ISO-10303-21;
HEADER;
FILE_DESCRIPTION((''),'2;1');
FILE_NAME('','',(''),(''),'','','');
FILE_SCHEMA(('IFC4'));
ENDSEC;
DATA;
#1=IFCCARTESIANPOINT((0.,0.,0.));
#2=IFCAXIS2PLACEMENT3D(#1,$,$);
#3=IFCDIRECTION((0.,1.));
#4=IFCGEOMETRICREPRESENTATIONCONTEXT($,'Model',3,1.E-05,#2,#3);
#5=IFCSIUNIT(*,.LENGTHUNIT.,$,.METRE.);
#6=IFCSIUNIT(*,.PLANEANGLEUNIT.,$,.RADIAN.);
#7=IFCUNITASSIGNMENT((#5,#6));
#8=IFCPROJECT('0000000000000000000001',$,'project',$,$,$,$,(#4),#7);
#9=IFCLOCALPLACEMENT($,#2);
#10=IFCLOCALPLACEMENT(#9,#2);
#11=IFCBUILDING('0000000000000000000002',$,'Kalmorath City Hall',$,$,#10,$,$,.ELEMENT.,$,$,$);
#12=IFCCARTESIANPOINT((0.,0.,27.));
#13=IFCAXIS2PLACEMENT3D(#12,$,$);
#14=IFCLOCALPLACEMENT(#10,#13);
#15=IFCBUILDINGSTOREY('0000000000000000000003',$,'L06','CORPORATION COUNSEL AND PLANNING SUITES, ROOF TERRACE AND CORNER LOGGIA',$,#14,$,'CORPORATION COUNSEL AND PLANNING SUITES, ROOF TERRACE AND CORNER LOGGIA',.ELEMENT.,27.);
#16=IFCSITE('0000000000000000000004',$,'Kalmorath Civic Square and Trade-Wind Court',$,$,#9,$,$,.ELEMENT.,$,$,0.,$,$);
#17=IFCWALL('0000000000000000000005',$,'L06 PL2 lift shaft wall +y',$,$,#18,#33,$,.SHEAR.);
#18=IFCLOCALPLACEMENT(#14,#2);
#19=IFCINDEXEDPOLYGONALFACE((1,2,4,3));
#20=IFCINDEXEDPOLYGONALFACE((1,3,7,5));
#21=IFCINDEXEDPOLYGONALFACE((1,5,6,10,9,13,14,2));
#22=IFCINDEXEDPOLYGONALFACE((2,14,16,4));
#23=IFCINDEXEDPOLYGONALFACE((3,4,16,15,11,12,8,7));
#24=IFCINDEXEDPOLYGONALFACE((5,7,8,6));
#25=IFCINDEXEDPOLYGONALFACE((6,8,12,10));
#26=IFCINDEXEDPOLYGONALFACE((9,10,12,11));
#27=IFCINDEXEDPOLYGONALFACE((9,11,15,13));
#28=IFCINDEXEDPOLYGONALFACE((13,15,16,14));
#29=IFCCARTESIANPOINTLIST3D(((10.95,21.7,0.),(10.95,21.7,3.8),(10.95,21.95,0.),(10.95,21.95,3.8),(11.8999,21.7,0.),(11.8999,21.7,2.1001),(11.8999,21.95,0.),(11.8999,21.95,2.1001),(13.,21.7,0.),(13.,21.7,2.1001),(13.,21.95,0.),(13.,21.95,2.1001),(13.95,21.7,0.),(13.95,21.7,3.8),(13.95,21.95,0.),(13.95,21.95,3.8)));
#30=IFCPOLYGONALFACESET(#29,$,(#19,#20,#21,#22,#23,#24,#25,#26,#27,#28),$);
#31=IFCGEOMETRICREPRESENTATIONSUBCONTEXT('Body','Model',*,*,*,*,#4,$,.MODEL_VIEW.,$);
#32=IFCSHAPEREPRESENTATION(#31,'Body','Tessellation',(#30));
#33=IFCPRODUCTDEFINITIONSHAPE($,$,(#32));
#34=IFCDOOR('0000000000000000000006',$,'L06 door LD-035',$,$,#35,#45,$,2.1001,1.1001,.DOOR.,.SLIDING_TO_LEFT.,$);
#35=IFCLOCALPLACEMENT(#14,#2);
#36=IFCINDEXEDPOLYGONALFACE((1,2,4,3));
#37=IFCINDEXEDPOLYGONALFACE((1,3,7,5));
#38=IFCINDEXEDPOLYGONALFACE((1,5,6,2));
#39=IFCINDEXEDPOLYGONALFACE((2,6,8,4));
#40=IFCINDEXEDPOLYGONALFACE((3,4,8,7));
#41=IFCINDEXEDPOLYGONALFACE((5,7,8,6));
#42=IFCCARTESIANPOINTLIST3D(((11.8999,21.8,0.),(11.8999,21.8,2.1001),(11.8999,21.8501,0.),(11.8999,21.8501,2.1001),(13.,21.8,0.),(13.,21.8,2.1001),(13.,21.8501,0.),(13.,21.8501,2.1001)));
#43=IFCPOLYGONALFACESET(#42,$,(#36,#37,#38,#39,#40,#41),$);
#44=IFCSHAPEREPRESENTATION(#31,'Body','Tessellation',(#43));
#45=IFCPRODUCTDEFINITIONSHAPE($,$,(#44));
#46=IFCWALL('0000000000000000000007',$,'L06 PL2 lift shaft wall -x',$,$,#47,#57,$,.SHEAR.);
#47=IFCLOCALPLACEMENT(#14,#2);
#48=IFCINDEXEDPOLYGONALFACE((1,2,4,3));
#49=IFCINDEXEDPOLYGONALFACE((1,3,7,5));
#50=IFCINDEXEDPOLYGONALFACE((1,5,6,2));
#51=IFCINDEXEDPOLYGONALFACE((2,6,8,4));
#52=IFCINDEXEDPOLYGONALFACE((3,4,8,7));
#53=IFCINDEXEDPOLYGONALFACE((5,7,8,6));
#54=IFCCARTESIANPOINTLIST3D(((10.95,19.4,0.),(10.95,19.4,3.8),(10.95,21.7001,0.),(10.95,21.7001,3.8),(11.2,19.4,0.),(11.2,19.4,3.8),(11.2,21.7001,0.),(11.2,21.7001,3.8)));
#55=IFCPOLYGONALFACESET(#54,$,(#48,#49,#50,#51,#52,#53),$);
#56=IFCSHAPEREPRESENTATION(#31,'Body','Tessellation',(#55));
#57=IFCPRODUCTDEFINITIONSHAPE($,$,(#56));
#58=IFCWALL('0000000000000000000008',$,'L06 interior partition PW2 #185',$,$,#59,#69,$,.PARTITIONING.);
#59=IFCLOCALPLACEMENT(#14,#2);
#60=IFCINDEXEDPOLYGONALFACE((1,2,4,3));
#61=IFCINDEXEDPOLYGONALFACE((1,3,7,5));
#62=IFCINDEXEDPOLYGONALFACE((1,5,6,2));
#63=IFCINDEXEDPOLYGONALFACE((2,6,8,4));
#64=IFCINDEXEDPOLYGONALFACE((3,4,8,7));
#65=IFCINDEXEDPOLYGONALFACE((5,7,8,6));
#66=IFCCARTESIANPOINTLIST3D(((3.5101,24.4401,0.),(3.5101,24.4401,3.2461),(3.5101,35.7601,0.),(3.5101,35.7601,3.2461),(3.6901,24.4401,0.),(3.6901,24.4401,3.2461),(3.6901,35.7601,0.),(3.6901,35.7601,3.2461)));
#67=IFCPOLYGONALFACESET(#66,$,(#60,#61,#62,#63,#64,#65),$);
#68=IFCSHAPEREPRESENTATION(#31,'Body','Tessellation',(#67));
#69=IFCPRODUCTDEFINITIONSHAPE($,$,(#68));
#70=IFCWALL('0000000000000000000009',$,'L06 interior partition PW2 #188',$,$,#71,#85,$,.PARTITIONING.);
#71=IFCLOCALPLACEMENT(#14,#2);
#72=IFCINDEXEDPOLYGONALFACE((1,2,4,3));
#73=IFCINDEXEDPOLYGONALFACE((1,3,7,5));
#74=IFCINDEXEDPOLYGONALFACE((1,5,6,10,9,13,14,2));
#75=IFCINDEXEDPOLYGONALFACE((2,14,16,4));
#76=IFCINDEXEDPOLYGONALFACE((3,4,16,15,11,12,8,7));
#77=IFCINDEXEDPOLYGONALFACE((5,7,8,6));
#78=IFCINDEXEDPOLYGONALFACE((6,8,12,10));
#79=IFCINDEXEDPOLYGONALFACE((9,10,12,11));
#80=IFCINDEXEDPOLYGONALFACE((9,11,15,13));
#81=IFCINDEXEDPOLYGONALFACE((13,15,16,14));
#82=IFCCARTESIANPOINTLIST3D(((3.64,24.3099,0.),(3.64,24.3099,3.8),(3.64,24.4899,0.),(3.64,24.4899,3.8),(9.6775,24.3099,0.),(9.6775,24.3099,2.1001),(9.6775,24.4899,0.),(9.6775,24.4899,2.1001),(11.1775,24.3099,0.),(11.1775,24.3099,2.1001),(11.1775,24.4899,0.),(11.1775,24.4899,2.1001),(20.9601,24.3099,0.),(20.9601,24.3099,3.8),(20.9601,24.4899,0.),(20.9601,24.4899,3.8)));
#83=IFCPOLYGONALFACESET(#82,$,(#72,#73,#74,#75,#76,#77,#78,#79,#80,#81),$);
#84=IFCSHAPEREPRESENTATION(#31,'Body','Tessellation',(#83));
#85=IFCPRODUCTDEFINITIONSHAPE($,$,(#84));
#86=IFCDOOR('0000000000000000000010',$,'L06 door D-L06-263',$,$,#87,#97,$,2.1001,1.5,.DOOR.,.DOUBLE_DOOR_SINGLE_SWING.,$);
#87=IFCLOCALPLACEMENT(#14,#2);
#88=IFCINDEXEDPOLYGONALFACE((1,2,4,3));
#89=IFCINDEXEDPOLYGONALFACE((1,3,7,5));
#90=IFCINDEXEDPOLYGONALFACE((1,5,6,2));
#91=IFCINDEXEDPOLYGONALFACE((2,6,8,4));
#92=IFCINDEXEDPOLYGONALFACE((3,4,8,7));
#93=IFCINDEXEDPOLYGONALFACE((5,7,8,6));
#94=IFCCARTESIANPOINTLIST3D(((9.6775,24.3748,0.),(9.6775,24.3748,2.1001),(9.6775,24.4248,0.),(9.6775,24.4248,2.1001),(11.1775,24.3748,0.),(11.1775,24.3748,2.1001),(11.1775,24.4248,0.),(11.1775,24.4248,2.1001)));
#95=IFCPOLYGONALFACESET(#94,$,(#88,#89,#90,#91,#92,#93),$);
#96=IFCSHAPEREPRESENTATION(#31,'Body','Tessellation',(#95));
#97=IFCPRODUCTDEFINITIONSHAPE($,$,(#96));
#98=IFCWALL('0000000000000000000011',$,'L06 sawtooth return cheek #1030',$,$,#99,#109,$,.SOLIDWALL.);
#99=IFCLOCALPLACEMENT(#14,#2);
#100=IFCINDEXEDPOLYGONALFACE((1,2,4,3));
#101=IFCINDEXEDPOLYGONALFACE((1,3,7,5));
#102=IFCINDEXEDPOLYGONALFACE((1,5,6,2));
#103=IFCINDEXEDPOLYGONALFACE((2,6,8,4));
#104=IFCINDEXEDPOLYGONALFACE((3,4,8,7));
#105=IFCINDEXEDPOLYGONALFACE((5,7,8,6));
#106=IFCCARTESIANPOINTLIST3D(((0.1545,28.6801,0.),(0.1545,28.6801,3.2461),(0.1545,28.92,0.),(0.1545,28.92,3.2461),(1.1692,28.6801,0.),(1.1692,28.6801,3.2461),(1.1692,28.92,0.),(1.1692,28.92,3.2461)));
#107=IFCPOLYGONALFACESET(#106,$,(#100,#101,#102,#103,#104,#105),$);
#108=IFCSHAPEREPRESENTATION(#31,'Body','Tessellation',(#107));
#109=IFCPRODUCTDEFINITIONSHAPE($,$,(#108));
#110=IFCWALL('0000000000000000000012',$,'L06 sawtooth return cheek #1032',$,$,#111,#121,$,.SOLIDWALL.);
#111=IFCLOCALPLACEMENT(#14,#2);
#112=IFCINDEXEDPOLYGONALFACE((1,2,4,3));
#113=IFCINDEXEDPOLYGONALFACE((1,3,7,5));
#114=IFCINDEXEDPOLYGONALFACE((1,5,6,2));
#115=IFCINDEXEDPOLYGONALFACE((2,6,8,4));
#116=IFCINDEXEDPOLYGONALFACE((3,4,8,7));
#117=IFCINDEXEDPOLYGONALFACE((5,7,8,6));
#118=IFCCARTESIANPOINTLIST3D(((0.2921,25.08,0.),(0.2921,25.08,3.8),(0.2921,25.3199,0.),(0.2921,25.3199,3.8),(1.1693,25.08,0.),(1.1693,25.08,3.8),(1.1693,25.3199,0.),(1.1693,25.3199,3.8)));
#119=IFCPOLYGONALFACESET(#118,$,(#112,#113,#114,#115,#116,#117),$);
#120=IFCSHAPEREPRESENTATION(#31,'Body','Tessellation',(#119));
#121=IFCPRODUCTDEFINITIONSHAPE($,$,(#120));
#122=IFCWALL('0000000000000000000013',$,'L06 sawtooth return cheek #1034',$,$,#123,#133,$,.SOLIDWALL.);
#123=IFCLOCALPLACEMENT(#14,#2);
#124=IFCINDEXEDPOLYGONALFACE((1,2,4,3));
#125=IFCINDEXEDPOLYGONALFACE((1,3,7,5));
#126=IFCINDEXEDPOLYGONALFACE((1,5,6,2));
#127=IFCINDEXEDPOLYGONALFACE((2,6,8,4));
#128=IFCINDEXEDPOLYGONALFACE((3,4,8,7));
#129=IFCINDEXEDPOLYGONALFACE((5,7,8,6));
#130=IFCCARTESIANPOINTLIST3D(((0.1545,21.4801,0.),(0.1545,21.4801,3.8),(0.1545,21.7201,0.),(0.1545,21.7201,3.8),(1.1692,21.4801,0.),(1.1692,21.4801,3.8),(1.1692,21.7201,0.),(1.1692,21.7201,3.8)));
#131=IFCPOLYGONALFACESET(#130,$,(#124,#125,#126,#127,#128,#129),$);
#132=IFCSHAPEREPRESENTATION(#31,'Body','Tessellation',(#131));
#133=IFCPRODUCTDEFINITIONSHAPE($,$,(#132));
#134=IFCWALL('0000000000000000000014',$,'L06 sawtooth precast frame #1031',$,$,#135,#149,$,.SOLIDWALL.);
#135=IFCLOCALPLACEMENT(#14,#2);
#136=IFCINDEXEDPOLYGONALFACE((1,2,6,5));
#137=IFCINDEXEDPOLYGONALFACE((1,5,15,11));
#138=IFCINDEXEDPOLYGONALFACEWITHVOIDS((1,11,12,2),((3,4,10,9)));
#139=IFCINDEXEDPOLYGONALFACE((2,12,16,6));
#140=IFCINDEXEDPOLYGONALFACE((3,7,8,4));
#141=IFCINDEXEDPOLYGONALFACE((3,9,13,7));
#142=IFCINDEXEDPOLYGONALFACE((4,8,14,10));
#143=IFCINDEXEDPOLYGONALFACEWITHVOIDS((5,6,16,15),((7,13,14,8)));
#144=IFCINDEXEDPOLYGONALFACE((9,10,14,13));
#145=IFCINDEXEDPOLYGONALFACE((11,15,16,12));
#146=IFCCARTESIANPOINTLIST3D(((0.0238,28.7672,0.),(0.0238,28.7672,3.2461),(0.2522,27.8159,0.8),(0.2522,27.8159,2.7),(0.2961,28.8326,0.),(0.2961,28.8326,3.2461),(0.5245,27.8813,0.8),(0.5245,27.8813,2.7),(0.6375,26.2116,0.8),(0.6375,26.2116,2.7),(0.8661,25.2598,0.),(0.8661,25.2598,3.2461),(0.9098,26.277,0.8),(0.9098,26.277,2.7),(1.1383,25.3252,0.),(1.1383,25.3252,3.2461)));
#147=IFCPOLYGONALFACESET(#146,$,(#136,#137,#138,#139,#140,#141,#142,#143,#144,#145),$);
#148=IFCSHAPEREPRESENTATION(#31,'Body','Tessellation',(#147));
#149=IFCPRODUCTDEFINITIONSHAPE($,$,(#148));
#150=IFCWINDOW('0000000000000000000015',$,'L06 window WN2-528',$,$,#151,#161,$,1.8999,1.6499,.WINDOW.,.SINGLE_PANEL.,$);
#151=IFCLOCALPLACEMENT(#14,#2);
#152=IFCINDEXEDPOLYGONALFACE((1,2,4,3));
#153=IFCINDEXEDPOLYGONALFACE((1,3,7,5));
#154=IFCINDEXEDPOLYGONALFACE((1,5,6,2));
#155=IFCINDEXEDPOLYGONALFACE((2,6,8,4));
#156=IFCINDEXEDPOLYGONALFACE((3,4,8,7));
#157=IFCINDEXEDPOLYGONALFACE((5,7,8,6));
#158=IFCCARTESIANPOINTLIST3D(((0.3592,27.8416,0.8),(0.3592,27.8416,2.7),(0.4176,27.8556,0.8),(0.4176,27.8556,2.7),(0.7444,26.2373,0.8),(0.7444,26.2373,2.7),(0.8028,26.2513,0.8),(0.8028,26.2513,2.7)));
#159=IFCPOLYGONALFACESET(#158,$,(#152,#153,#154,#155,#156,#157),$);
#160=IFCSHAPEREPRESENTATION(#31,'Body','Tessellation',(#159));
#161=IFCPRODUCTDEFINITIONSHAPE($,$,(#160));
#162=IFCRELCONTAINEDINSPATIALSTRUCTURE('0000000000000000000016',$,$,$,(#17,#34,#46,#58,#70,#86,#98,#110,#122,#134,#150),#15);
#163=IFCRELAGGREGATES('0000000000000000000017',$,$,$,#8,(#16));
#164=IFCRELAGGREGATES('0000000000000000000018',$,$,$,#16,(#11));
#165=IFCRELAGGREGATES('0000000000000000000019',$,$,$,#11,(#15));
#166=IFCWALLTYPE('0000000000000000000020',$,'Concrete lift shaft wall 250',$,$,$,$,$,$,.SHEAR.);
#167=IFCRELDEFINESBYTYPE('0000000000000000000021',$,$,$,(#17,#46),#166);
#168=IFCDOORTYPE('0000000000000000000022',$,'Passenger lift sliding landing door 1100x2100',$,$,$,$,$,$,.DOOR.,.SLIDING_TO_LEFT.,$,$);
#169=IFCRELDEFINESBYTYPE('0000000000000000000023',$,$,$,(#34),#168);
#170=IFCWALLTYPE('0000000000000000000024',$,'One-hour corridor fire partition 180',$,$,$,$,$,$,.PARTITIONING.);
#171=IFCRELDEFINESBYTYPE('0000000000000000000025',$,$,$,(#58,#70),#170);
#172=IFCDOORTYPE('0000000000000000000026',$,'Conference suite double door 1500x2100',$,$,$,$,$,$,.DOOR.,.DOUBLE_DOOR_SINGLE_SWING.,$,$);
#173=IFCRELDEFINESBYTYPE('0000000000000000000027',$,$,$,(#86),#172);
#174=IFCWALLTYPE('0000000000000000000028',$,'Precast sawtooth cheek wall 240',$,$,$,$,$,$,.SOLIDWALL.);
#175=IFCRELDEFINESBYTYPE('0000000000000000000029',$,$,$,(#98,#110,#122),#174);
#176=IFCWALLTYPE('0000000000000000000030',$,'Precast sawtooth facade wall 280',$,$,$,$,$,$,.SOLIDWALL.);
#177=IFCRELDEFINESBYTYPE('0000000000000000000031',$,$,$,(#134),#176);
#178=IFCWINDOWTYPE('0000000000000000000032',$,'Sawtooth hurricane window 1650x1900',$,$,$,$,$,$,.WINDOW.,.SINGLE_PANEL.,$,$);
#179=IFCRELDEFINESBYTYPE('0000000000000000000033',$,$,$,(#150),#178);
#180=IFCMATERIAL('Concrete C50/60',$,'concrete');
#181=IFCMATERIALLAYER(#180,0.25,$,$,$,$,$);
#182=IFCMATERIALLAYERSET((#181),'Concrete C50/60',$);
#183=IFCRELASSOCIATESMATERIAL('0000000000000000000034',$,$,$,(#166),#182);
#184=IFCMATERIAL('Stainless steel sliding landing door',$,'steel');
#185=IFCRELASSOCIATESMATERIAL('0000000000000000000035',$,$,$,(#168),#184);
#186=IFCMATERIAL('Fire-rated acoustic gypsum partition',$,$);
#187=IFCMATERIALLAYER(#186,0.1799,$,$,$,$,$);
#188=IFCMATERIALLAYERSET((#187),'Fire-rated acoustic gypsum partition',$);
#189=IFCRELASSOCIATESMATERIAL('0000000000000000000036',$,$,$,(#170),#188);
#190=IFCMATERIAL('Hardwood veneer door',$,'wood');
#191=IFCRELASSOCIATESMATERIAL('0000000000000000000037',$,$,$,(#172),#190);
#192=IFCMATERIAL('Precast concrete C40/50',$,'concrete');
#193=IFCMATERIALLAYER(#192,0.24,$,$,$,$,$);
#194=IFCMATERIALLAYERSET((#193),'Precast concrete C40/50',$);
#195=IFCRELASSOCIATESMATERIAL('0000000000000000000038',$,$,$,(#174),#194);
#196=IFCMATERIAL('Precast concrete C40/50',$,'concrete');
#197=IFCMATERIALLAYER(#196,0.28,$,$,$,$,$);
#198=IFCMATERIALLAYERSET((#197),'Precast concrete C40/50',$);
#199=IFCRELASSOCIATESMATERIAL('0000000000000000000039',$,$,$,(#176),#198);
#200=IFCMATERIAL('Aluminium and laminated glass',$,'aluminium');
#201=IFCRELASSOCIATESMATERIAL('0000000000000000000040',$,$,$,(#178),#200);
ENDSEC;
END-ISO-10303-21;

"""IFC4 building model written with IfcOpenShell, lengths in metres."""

from ifc_helpers import new_model, si_unit, direction, frame, frame_2d, origin, place, context, subcontext, project, spatial, rectangle, extrude, material, layer, layer_set, type_object, element, fill, save


model = new_model("IFC4")

# Units and contexts
model_context = context("Model", 3, precision=1e-05, world=origin(), true_north=direction((0.0, 1.0)))
body_context = subcontext(model_context, "Body", "Model", "MODEL_VIEW")
ifc_project = project(units=[si_unit("LENGTHUNIT", "METRE"), si_unit("PLANEANGLEUNIT", "RADIAN")], contexts=[model_context])

# Site, building, storey
site_placement = place(None, origin())
site = spatial("IfcSite", under=ifc_project, at=site_placement, Name="Kalmorath Civic Square and Trade-Wind Court", CompositionType="ELEMENT", RefElevation=0.0)
building_placement = place(site_placement, origin())
building = spatial("IfcBuilding", under=site, at=building_placement, Name="Kalmorath City Hall", CompositionType="ELEMENT")
storey_placement = place(building_placement, frame((0.0, 0.0, 27.0)))
storey = spatial("IfcBuildingStorey", under=building, at=storey_placement, Name="L06", Description="CORPORATION COUNSEL AND PLANNING SUITES, ROOF TERRACE AND CORNER LOGGIA", LongName="CORPORATION COUNSEL AND PLANNING SUITES, ROOF TERRACE AND CORNER LOGGIA", CompositionType="ELEMENT", Elevation=27.0)

# Shared definitions
ifc_material_1 = material(Name="Concrete C50/60", Category="concrete")
ifc_layer_1 = layer(ifc_material_1, 0.25)
ifc_layer_set_1 = layer_set([ifc_layer_1], Name="Concrete C50/60")
wall_type_1 = type_object("IfcWallType", Name="Concrete lift shaft wall 250", PredefinedType="SHEAR", material=ifc_layer_set_1)

# Shared definitions
ifc_material_2 = material(Name="Stainless steel sliding landing door", Category="steel")
door_type_1 = type_object("IfcDoorType", Name="Passenger lift sliding landing door 1100x2100", OperationType="SLIDING_TO_LEFT", PredefinedType="DOOR", material=ifc_material_2)

# Wall, opening, door
wall_1_placement = place(storey_placement, frame((13.95, 21.825, 0.0), z_axis=(0.0, 0.0, 1.0), x_axis=(-1.0, 0.0, 0.0)))
wall_1 = element("IfcWall", 1, at=wall_1_placement, inside=storey, type_object=wall_type_1, Name="L06 PL2 lift shaft wall +y", PredefinedType="SHEAR", context=body_context, shape_type="SweptSolid", body=[
    extrude(rectangle(XDim=3.0, YDim=0.25, at=frame_2d((1.5, 0.0))), origin(), (0.0, 0.0, 1.0), 3.8),
])
opening_1_placement = place(wall_1_placement, frame((0.95, 0.0, 0.0)))
opening_1 = element("IfcOpeningElement", 2, at=opening_1_placement, cuts=wall_1, PredefinedType="OPENING", context=body_context, shape_type="SweptSolid", body=[
    extrude(rectangle(XDim=1.1001, YDim=2.1001, at=frame_2d((0.55, 1.05))), frame((0.0, 0.135, 0.0), z_axis=(0.0, -1.0, 0.0), x_axis=(1.0, 0.0, 0.0)), (0.0, 0.0, 1.0), 0.27),
])
door_1_placement = place(opening_1_placement, origin())
door_1 = element("IfcDoor", 3, at=door_1_placement, inside=storey, type_object=door_type_1, Name="L06 door LD-035", OperationType="SLIDING_TO_LEFT", OverallHeight=2.1001, OverallWidth=1.1001, PredefinedType="DOOR", context=body_context, shape_type="SweptSolid", body=[
    extrude(rectangle(XDim=1.1001, YDim=2.1001, at=frame_2d((0.55, 1.05))), frame((0.0, 0.0249, 0.0), z_axis=(0.0, -1.0, 0.0), x_axis=(1.0, 0.0, 0.0)), (0.0, 0.0, 1.0), 0.05),
])
fill(opening_1, door_1)

# Walls
wall_2_placement = place(storey_placement, frame((11.075, 21.7, 0.0), z_axis=(0.0, 0.0, 1.0), x_axis=(0.0, -1.0, 0.0)))
element("IfcWall", 4, at=wall_2_placement, inside=storey, type_object=wall_type_1, Name="L06 PL2 lift shaft wall -x", PredefinedType="SHEAR", context=body_context, shape_type="SweptSolid", body=[
    extrude(rectangle(XDim=2.3, YDim=0.25, at=frame_2d((1.1499, 0.0))), origin(), (0.0, 0.0, 1.0), 3.8),
])
ifc_material_3 = material(Name="Fire-rated acoustic gypsum partition")
ifc_layer_2 = layer(ifc_material_3, 0.1799)
ifc_layer_set_2 = layer_set([ifc_layer_2], Name="Fire-rated acoustic gypsum partition")
wall_type_2 = type_object("IfcWallType", Name="One-hour corridor fire partition 180", PredefinedType="PARTITIONING", material=ifc_layer_set_2)
wall_3_placement = place(storey_placement, frame((3.6001, 24.4399, 0.0), z_axis=(0.0, 0.0, 1.0), x_axis=(0.0, 1.0, 0.0)))
element("IfcWall", 5, at=wall_3_placement, inside=storey, type_object=wall_type_2, Name="L06 interior partition PW2 #185", PredefinedType="PARTITIONING", context=body_context, shape_type="SweptSolid", body=[
    extrude(rectangle(XDim=11.3201, YDim=0.1799, at=frame_2d((5.6602, 0.0))), origin(), (0.0, 0.0, 1.0), 3.2461),
])

# Wall, opening, door
wall_4_placement = place(storey_placement, frame((3.6399, 24.3999, 0.0), z_axis=(0.0, 0.0, 1.0), x_axis=(1.0, 0.0, 0.0)))
wall_4 = element("IfcWall", 6, at=wall_4_placement, inside=storey, type_object=wall_type_2, Name="L06 interior partition PW2 #188", PredefinedType="PARTITIONING", context=body_context, shape_type="SweptSolid", body=[
    extrude(rectangle(XDim=17.3201, YDim=0.1799, at=frame_2d((8.6602, 0.0))), origin(), (0.0, 0.0, 1.0), 3.8),
])
opening_2_placement = place(wall_4_placement, frame((6.0376, 0.0, 0.0)))
opening_2 = element("IfcOpeningElement", 7, at=opening_2_placement, cuts=wall_4, PredefinedType="OPENING", context=body_context, shape_type="SweptSolid", body=[
    extrude(rectangle(XDim=1.5, YDim=2.1001, at=frame_2d((0.75, 1.05))), frame((0.0, 0.0999, 0.0), z_axis=(0.0, -1.0, 0.0), x_axis=(1.0, 0.0, 0.0)), (0.0, 0.0, 1.0), 0.2),
])
ifc_material_4 = material(Name="Hardwood veneer door", Category="wood")
door_type_2 = type_object("IfcDoorType", Name="Conference suite double door 1500x2100", OperationType="DOUBLE_DOOR_SINGLE_SWING", PredefinedType="DOOR", material=ifc_material_4)
door_2_placement = place(opening_2_placement, origin())
door_2 = element("IfcDoor", 8, at=door_2_placement, inside=storey, type_object=door_type_2, Name="L06 door D-L06-263", OperationType="DOUBLE_DOOR_SINGLE_SWING", OverallHeight=2.1001, OverallWidth=1.5, PredefinedType="DOOR", context=body_context, shape_type="SweptSolid", body=[
    extrude(rectangle(XDim=1.5, YDim=2.1001, at=frame_2d((0.75, 1.05))), frame((0.0, 0.0249, 0.0), z_axis=(0.0, -1.0, 0.0), x_axis=(1.0, 0.0, 0.0)), (0.0, 0.0, 1.0), 0.05),
])
fill(opening_2, door_2)

# Walls
ifc_material_5 = material(Name="Precast concrete C40/50", Category="concrete")
ifc_layer_3 = layer(ifc_material_5, 0.24)
ifc_layer_set_3 = layer_set([ifc_layer_3], Name="Precast concrete C40/50")
wall_type_3 = type_object("IfcWallType", Name="Precast sawtooth cheek wall 240", PredefinedType="SOLIDWALL", material=ifc_layer_set_3)
wall_5_placement = place(storey_placement, frame((1.1692, 28.8, 0.0), z_axis=(0.0, 0.0, 1.0), x_axis=(-1.0, 0.0, 0.0)))
element("IfcWall", 9, at=wall_5_placement, inside=storey, type_object=wall_type_3, Name="L06 sawtooth return cheek #1030", PredefinedType="SOLIDWALL", context=body_context, shape_type="SweptSolid", body=[
    extrude(rectangle(XDim=1.0146, YDim=0.24, at=frame_2d((0.5073, 0.0))), origin(), (0.0, 0.0, 1.0), 3.2461),
])
wall_6_placement = place(storey_placement, frame((1.1692, 25.2, 0.0), z_axis=(0.0, 0.0, 1.0), x_axis=(-1.0, 0.0, 0.0)))
element("IfcWall", 10, at=wall_6_placement, inside=storey, type_object=wall_type_3, Name="L06 sawtooth return cheek #1032", PredefinedType="SOLIDWALL", context=body_context, shape_type="SweptSolid", body=[
    extrude(rectangle(XDim=0.8772, YDim=0.24, at=frame_2d((0.4385, 0.0))), origin(), (0.0, 0.0, 1.0), 3.8),
])
wall_7_placement = place(storey_placement, frame((1.1692, 21.6001, 0.0), z_axis=(0.0, 0.0, 1.0), x_axis=(-1.0, 0.0, 0.0)))
element("IfcWall", 11, at=wall_7_placement, inside=storey, type_object=wall_type_3, Name="L06 sawtooth return cheek #1034", PredefinedType="SOLIDWALL", context=body_context, shape_type="SweptSolid", body=[
    extrude(rectangle(XDim=1.0146, YDim=0.24, at=frame_2d((0.5073, 0.0))), origin(), (0.0, 0.0, 1.0), 3.8),
])

# Wall, opening, window
ifc_material_6 = material(Name="Precast concrete C40/50", Category="concrete")
ifc_layer_4 = layer(ifc_material_6, 0.28)
ifc_layer_set_4 = layer_set([ifc_layer_4], Name="Precast concrete C40/50")
wall_type_4 = type_object("IfcWallType", Name="Precast sawtooth facade wall 280", PredefinedType="SOLIDWALL", material=ifc_layer_set_4)
wall_8_placement = place(storey_placement, frame((0.1599, 28.8, 0.0), z_axis=(0.0, 0.0, 1.0), x_axis=(0.233496, -0.972358, 0.0)))
wall_8 = element("IfcWall", 12, at=wall_8_placement, inside=storey, type_object=wall_type_4, Name="L06 sawtooth precast frame #1031", PredefinedType="SOLIDWALL", context=body_context, shape_type="SweptSolid", body=[
    extrude(rectangle(XDim=3.6072, YDim=0.28, at=frame_2d((1.8037, 0.0))), origin(), (0.0, 0.0, 1.0), 3.2461),
])
opening_3_placement = place(wall_8_placement, frame((0.9785, 0.0, 0.8)))
opening_3 = element("IfcOpeningElement", 13, at=opening_3_placement, cuts=wall_8, PredefinedType="OPENING", context=body_context, shape_type="SweptSolid", body=[
    extrude(rectangle(XDim=1.6499, YDim=1.8999, at=frame_2d((0.825, 0.95))), frame((0.0, 0.1499, 0.0), z_axis=(0.0, -1.0, 0.0), x_axis=(1.0, 0.0, 0.0)), (0.0, 0.0, 1.0), 0.3),
])
ifc_material_7 = material(Name="Aluminium and laminated glass", Category="aluminium")
window_type = type_object("IfcWindowType", Name="Sawtooth hurricane window 1650x1900", PartitioningType="SINGLE_PANEL", PredefinedType="WINDOW", material=ifc_material_7)
window_1_placement = place(opening_3_placement, origin())
window_1 = element("IfcWindow", 14, at=window_1_placement, inside=storey, type_object=window_type, Name="L06 window WN2-528", OverallHeight=1.8999, OverallWidth=1.6499, PartitioningType="SINGLE_PANEL", PredefinedType="WINDOW", context=body_context, shape_type="SweptSolid", body=[
    extrude(rectangle(XDim=1.6499, YDim=1.8999, at=frame_2d((0.825, 0.95))), frame((0.0, 0.03, 0.0), z_axis=(0.0, -1.0, 0.0), x_axis=(1.0, 0.0, 0.0)), (0.0, 0.0, 1.0), 0.0601),
])
fill(opening_3, window_1)

save(model, "model.ifc")
